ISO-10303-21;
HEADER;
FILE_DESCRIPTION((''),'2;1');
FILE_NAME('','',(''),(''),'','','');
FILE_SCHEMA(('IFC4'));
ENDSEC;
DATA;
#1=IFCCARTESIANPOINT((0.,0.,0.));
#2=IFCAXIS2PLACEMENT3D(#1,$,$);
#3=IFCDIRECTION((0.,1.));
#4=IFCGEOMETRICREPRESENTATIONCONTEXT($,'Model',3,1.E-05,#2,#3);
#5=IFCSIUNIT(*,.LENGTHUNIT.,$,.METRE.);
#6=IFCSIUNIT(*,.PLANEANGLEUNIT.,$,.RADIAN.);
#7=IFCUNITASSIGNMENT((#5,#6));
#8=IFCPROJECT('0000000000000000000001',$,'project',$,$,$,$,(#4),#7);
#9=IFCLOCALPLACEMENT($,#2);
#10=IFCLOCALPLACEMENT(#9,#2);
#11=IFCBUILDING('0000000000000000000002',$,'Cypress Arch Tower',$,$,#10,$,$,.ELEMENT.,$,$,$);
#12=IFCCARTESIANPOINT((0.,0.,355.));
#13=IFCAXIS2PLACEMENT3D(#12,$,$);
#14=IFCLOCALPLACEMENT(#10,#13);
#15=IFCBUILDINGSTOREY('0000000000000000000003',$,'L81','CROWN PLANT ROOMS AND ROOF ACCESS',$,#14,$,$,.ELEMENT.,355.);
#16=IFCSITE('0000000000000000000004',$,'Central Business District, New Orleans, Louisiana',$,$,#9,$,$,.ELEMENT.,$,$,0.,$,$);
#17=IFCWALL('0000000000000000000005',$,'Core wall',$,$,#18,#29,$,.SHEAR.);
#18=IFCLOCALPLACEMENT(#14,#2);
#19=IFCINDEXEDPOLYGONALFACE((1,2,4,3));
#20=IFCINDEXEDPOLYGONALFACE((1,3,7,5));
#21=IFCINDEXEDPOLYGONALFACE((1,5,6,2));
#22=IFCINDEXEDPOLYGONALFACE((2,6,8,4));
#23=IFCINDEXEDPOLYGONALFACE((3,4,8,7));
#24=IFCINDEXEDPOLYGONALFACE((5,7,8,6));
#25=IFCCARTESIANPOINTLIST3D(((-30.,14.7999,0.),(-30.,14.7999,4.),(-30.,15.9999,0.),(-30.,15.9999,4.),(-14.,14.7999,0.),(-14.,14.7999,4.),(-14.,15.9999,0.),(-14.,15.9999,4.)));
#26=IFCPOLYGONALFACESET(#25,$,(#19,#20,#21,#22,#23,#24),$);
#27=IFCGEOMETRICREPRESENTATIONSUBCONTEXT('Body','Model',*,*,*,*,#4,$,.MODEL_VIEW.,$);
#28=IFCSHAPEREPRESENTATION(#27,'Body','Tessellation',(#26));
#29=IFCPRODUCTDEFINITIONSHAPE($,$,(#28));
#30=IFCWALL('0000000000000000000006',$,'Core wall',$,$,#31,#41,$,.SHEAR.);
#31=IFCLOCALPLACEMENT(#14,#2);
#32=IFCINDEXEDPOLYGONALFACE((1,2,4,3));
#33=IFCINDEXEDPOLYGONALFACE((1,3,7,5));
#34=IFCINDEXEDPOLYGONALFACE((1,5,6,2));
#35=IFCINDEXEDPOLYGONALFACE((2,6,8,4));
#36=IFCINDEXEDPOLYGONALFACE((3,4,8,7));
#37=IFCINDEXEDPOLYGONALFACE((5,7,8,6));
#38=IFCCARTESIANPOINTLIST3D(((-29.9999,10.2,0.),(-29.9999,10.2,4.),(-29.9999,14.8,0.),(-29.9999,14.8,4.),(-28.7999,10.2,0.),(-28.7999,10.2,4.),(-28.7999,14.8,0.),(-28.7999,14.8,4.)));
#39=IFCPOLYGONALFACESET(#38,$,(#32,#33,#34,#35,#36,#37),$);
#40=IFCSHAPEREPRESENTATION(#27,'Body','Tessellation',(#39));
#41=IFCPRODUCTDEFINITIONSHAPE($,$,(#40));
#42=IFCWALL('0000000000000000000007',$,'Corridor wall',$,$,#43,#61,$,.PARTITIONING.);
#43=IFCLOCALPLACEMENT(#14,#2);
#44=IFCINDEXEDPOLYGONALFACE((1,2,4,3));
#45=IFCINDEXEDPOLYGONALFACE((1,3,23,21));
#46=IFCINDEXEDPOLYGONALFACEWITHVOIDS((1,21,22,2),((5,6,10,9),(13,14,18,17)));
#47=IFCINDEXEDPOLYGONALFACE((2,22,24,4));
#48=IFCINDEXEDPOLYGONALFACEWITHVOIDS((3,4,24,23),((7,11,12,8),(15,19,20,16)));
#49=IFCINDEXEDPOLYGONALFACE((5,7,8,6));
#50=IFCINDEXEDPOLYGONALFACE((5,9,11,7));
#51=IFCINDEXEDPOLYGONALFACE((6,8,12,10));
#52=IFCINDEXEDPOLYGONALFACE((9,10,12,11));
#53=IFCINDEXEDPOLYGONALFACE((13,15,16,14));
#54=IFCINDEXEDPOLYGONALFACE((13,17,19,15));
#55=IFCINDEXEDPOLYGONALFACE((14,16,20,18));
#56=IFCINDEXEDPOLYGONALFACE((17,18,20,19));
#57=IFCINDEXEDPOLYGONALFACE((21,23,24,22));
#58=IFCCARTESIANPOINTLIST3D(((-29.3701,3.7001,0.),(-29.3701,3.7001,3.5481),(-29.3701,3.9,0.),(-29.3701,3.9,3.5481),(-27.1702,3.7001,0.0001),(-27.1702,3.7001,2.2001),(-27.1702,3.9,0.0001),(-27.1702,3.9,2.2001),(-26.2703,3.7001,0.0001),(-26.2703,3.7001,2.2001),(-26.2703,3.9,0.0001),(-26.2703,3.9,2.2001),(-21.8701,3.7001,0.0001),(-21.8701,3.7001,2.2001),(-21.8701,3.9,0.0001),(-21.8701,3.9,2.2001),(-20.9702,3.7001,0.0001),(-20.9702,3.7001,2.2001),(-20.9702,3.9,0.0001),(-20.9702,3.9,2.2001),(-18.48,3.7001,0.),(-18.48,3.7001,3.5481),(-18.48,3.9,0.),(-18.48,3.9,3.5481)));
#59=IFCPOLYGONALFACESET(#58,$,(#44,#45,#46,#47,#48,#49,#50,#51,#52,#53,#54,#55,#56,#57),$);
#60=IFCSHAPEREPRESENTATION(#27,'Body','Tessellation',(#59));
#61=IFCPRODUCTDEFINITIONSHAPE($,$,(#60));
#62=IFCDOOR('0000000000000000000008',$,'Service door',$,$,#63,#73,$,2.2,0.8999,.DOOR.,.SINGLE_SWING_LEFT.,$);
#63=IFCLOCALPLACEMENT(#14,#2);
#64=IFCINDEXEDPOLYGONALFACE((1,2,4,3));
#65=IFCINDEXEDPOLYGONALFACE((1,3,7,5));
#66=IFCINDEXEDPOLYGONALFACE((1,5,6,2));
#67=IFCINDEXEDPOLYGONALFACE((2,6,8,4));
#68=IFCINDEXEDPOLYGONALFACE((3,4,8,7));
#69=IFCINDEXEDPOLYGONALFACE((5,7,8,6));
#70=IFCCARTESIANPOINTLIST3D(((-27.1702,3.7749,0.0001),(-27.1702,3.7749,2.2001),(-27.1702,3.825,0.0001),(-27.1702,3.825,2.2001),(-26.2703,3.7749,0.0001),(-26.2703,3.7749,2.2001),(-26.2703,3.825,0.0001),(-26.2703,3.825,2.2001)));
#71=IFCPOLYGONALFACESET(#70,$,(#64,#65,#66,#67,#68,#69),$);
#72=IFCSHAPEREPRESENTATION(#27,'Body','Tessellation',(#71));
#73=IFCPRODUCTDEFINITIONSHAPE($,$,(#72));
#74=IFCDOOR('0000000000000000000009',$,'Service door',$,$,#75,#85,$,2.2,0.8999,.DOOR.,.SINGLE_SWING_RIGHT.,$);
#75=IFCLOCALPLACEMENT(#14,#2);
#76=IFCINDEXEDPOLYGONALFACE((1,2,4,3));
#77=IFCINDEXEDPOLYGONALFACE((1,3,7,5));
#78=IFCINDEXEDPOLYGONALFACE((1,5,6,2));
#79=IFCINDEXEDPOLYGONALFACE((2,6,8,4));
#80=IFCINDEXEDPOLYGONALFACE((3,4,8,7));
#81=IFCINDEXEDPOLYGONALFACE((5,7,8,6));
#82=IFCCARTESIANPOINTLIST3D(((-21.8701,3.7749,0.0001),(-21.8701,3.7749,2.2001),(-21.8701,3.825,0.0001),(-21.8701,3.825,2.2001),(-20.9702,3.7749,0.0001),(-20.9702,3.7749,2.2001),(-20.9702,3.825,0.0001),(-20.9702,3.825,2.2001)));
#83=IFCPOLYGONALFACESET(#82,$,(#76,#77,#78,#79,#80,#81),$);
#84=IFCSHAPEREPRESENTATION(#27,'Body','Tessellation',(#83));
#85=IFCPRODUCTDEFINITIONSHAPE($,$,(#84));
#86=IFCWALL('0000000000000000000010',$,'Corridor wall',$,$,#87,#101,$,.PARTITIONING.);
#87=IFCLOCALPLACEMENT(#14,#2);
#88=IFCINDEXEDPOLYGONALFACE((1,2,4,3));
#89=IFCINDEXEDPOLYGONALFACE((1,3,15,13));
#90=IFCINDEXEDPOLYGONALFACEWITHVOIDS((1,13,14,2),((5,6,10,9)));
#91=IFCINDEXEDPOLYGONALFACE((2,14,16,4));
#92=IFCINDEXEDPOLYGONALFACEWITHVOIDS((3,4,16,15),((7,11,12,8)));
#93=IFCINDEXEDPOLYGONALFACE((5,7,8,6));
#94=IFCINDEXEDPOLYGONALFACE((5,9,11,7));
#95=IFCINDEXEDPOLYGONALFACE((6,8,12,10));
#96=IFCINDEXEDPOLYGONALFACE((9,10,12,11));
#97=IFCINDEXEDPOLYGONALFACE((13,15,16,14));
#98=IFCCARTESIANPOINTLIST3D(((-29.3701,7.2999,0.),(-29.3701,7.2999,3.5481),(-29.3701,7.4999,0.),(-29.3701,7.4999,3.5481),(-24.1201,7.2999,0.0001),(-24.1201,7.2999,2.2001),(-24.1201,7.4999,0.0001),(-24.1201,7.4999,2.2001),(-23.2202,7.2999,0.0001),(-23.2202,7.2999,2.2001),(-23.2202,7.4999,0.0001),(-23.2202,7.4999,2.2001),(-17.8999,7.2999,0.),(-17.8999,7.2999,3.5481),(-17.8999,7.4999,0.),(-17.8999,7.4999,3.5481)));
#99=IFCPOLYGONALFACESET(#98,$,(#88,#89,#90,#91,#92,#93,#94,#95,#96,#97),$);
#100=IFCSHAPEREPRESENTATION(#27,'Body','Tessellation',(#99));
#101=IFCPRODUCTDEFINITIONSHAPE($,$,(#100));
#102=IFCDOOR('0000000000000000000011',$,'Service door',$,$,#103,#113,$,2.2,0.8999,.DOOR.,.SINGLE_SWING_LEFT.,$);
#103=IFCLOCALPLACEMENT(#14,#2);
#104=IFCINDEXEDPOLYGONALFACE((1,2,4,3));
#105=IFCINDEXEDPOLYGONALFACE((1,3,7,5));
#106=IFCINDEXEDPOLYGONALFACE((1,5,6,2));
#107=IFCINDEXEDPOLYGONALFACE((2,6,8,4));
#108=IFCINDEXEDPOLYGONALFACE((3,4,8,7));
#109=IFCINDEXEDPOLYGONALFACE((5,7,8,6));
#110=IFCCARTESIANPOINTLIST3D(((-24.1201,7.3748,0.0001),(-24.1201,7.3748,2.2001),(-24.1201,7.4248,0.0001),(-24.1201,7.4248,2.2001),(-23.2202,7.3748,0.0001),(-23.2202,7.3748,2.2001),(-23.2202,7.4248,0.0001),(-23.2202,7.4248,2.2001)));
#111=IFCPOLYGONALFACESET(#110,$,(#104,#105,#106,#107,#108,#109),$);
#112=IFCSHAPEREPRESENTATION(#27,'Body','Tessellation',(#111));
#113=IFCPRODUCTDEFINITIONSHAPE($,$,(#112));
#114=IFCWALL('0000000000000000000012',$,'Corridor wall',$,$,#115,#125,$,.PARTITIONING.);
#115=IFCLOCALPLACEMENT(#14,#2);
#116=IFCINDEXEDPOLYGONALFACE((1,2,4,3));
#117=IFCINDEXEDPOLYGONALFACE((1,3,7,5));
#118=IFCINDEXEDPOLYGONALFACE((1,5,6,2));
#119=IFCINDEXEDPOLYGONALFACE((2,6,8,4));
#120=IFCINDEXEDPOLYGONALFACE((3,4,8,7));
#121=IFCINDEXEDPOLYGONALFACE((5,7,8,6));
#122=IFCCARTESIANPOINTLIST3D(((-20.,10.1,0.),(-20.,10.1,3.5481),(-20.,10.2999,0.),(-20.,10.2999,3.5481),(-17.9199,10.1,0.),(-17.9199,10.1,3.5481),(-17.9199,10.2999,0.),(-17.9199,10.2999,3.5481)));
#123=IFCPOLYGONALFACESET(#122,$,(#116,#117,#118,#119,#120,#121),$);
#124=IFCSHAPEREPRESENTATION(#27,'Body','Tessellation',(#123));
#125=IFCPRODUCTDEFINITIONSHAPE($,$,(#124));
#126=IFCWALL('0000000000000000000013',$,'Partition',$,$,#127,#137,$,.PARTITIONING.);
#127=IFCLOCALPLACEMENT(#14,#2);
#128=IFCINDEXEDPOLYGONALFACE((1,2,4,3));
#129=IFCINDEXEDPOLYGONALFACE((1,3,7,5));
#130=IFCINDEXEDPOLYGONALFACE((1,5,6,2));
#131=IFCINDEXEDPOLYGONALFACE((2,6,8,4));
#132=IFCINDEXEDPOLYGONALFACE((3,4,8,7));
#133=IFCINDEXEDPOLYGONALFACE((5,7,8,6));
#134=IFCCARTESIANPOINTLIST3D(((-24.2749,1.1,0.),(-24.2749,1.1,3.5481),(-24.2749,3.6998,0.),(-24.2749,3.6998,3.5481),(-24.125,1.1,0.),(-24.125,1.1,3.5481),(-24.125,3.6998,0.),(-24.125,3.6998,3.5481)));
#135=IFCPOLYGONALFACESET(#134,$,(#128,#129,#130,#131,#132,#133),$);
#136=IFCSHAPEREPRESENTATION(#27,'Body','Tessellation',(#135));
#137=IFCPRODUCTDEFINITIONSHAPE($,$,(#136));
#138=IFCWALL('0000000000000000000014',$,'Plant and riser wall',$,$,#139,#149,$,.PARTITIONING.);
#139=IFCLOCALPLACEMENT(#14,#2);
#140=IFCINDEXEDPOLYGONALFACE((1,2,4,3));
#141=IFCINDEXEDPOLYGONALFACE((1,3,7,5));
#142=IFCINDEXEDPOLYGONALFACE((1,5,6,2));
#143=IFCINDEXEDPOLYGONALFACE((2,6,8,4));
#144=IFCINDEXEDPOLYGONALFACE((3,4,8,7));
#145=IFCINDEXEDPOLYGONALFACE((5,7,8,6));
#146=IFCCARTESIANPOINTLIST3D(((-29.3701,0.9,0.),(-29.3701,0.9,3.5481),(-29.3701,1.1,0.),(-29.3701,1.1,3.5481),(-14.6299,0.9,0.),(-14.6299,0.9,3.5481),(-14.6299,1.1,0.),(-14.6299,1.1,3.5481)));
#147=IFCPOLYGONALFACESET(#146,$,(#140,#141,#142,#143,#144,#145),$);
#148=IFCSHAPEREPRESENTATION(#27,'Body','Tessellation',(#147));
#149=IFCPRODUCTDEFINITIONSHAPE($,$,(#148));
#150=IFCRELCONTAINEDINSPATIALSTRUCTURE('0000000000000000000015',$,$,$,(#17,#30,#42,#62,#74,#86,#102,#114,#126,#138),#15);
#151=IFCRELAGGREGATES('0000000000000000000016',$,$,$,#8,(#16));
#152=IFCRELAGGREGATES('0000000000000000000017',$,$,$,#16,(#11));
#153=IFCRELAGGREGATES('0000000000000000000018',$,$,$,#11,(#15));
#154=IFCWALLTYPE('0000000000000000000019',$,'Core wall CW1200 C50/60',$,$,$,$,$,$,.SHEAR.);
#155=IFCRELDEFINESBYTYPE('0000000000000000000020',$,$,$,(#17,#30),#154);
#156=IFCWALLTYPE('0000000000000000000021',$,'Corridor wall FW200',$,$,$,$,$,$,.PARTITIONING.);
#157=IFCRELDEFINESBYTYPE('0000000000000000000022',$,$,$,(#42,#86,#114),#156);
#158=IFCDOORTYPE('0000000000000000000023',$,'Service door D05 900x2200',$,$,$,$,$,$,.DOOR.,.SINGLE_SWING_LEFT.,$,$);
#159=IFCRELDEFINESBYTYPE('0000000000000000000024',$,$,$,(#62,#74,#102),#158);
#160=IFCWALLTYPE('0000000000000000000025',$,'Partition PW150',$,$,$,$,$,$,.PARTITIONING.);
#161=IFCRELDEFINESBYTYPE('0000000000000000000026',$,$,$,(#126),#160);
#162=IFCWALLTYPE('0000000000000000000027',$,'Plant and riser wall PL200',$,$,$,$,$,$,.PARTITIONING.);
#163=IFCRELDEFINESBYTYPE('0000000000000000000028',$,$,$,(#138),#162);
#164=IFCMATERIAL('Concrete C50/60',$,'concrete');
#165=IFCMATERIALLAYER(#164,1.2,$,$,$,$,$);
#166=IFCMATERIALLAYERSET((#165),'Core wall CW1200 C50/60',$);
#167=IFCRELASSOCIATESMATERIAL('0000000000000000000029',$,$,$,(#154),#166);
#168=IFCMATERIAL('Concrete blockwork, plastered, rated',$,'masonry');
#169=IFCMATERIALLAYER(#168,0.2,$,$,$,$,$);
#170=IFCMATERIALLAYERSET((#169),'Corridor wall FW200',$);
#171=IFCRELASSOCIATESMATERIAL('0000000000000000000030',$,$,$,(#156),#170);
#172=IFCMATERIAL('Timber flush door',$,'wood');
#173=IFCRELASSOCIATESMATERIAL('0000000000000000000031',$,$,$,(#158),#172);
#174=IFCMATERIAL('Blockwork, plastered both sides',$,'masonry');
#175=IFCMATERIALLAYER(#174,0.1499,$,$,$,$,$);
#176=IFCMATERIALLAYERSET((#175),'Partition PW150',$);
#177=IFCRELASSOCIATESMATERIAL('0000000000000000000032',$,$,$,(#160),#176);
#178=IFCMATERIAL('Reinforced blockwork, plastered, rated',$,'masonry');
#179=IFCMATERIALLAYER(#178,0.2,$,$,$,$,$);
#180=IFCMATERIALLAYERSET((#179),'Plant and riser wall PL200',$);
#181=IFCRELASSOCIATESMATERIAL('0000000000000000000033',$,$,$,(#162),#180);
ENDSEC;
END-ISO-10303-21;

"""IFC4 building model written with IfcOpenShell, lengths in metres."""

from ifc_helpers import new_model, si_unit, direction, frame, frame_2d, origin, place, context, subcontext, project, spatial, rectangle, extrude, material, layer, layer_set, type_object, element, fill, save


model = new_model("IFC4")

# Units and contexts
model_context = context("Model", 3, precision=1e-05, world=origin(), true_north=direction((0.0, 1.0)))
body_context = subcontext(model_context, "Body", "Model", "MODEL_VIEW")
ifc_project = project(units=[si_unit("LENGTHUNIT", "METRE"), si_unit("PLANEANGLEUNIT", "RADIAN")], contexts=[model_context])

# Site, building, storey
site_placement = place(None, origin())
site = spatial("IfcSite", under=ifc_project, at=site_placement, Name="Central Business District, New Orleans, Louisiana", CompositionType="ELEMENT", RefElevation=0.0)
building_placement = place(site_placement, origin())
building = spatial("IfcBuilding", under=site, at=building_placement, Name="Cypress Arch Tower", CompositionType="ELEMENT")
storey_placement = place(building_placement, frame((0.0, 0.0, 355.0)))
storey = spatial("IfcBuildingStorey", under=building, at=storey_placement, Name="L81", Description="CROWN PLANT ROOMS AND ROOF ACCESS", CompositionType="ELEMENT", Elevation=355.0)

# Walls
ifc_material_1 = material(Name="Concrete C50/60", Category="concrete")
ifc_layer_1 = layer(ifc_material_1, 1.2)
ifc_layer_set_1 = layer_set([ifc_layer_1], Name="Core wall CW1200 C50/60")
wall_type_1 = type_object("IfcWallType", Name="Core wall CW1200 C50/60", PredefinedType="SHEAR", material=ifc_layer_set_1)
wall_1_placement = place(storey_placement, frame((-30.0, 15.3999, 0.0), z_axis=(0.0, 0.0, 1.0), x_axis=(1.0, 0.0, 0.0)))
element("IfcWall", 1, at=wall_1_placement, inside=storey, type_object=wall_type_1, Name="Core wall", PredefinedType="SHEAR", context=body_context, shape_type="SweptSolid", body=[
    extrude(rectangle(XDim=16.0, YDim=1.2, at=frame_2d((8.0, 0.0))), origin(), (0.0, 0.0, 1.0), 4.0),
])
wall_2_placement = place(storey_placement, frame((-29.3999, 10.2, 0.0), z_axis=(0.0, 0.0, 1.0), x_axis=(0.0, 1.0, 0.0)))
element("IfcWall", 2, at=wall_2_placement, inside=storey, type_object=wall_type_1, Name="Core wall", PredefinedType="SHEAR", context=body_context, shape_type="SweptSolid", body=[
    extrude(rectangle(XDim=4.6001, YDim=1.2, at=frame_2d((2.3, 0.0))), origin(), (0.0, 0.0, 1.0), 4.0),
])

# Wall, openings, doors
ifc_material_2 = material(Name="Concrete blockwork, plastered, rated", Category="masonry")
ifc_layer_2 = layer(ifc_material_2, 0.2)
ifc_layer_set_2 = layer_set([ifc_layer_2], Name="Corridor wall FW200")
wall_type_2 = type_object("IfcWallType", Name="Corridor wall FW200", PredefinedType="PARTITIONING", material=ifc_layer_set_2)
wall_3_placement = place(storey_placement, frame((-29.3701, 3.8, 0.0), z_axis=(0.0, 0.0, 1.0), x_axis=(1.0, 0.0, 0.0)))
wall_3 = element("IfcWall", 3, at=wall_3_placement, inside=storey, type_object=wall_type_2, Name="Corridor wall", PredefinedType="PARTITIONING", context=body_context, shape_type="SweptSolid", body=[
    extrude(rectangle(XDim=10.8901, YDim=0.2, at=frame_2d((5.4451, 0.0))), origin(), (0.0, 0.0, 1.0), 3.5481),
])
opening_1_placement = place(wall_3_placement, frame((2.2, 0.0, 0.0)))
opening_1 = element("IfcOpeningElement", 4, at=opening_1_placement, cuts=wall_3, PredefinedType="OPENING", context=body_context, shape_type="SweptSolid", body=[
    extrude(rectangle(XDim=0.8999, YDim=2.2, at=frame_2d((0.45, 1.1001))), frame((0.0, 0.1099, 0.0), z_axis=(0.0, -1.0, 0.0), x_axis=(1.0, 0.0, 0.0)), (0.0, 0.0, 1.0), 0.22),
])
opening_2_placement = place(wall_3_placement, frame((7.5, 0.0, 0.0)))
opening_2 = element("IfcOpeningElement", 5, at=opening_2_placement, cuts=wall_3, PredefinedType="OPENING", context=body_context, shape_type="SweptSolid", body=[
    extrude(rectangle(XDim=0.8999, YDim=2.2, at=frame_2d((0.45, 1.1001))), frame((0.0, 0.1099, 0.0), z_axis=(0.0, -1.0, 0.0), x_axis=(1.0, 0.0, 0.0)), (0.0, 0.0, 1.0), 0.22),
])
ifc_material_3 = material(Name="Timber flush door", Category="wood")
door_type_1 = type_object("IfcDoorType", Name="Service door D05 900x2200", OperationType="SINGLE_SWING_LEFT", PredefinedType="DOOR", material=ifc_material_3)
door_1_placement = place(opening_1_placement, origin())
door_1 = element("IfcDoor", 6, at=door_1_placement, inside=storey, type_object=door_type_1, Name="Service door", OperationType="SINGLE_SWING_LEFT", OverallHeight=2.2, OverallWidth=0.8999, PredefinedType="DOOR", context=body_context, shape_type="SweptSolid", body=[
    extrude(rectangle(XDim=0.8999, YDim=2.2, at=frame_2d((0.45, 1.1001))), frame((0.0, 0.0249, 0.0), z_axis=(0.0, -1.0, 0.0), x_axis=(1.0, 0.0, 0.0)), (0.0, 0.0, 1.0), 0.05),
])
fill(opening_1, door_1)
door_2_placement = place(opening_2_placement, origin())
door_2 = element("IfcDoor", 7, at=door_2_placement, inside=storey, type_object=door_type_1, Name="Service door", OperationType="SINGLE_SWING_RIGHT", OverallHeight=2.2, OverallWidth=0.8999, PredefinedType="DOOR", context=body_context, shape_type="SweptSolid", body=[
    extrude(rectangle(XDim=0.8999, YDim=2.2, at=frame_2d((0.45, 1.1001))), frame((0.0, 0.0249, 0.0), z_axis=(0.0, -1.0, 0.0), x_axis=(1.0, 0.0, 0.0)), (0.0, 0.0, 1.0), 0.05),
])
fill(opening_2, door_2)

# Wall, opening, door
wall_4_placement = place(storey_placement, frame((-29.3701, 7.3999, 0.0), z_axis=(0.0, 0.0, 1.0), x_axis=(1.0, 0.0, 0.0)))
wall_4 = element("IfcWall", 8, at=wall_4_placement, inside=storey, type_object=wall_type_2, Name="Corridor wall", PredefinedType="PARTITIONING", context=body_context, shape_type="SweptSolid", body=[
    extrude(rectangle(XDim=11.4702, YDim=0.2, at=frame_2d((5.7351, 0.0))), origin(), (0.0, 0.0, 1.0), 3.5481),
])
opening_3_placement = place(wall_4_placement, frame((5.25, 0.0, 0.0)))
opening_3 = element("IfcOpeningElement", 9, at=opening_3_placement, cuts=wall_4, PredefinedType="OPENING", context=body_context, shape_type="SweptSolid", body=[
    extrude(rectangle(XDim=0.8999, YDim=2.2, at=frame_2d((0.45, 1.1001))), frame((0.0, 0.1099, 0.0), z_axis=(0.0, -1.0, 0.0), x_axis=(1.0, 0.0, 0.0)), (0.0, 0.0, 1.0), 0.22),
])
door_3_placement = place(opening_3_placement, origin())
door_3 = element("IfcDoor", 10, at=door_3_placement, inside=storey, type_object=door_type_1, Name="Service door", OperationType="SINGLE_SWING_LEFT", OverallHeight=2.2, OverallWidth=0.8999, PredefinedType="DOOR", context=body_context, shape_type="SweptSolid", body=[
    extrude(rectangle(XDim=0.8999, YDim=2.2, at=frame_2d((0.45, 1.1001))), frame((0.0, 0.0249, 0.0), z_axis=(0.0, -1.0, 0.0), x_axis=(1.0, 0.0, 0.0)), (0.0, 0.0, 1.0), 0.05),
])
fill(opening_3, door_3)

# Walls
wall_5_placement = place(storey_placement, frame((-20.0, 10.2, 0.0), z_axis=(0.0, 0.0, 1.0), x_axis=(1.0, 0.0, 0.0)))
element("IfcWall", 11, at=wall_5_placement, inside=storey, type_object=wall_type_2, Name="Corridor wall", PredefinedType="PARTITIONING", context=body_context, shape_type="SweptSolid", body=[
    extrude(rectangle(XDim=2.0801, YDim=0.2, at=frame_2d((1.04, 0.0))), origin(), (0.0, 0.0, 1.0), 3.5481),
])
ifc_material_4 = material(Name="Blockwork, plastered both sides", Category="masonry")
ifc_layer_3 = layer(ifc_material_4, 0.1499)
ifc_layer_set_3 = layer_set([ifc_layer_3], Name="Partition PW150")
wall_type_3 = type_object("IfcWallType", Name="Partition PW150", PredefinedType="PARTITIONING", material=ifc_layer_set_3)
wall_6_placement = place(storey_placement, frame((-24.2, 1.1001, 0.0), z_axis=(0.0, 0.0, 1.0), x_axis=(0.0, 1.0, 0.0)))
element("IfcWall", 12, at=wall_6_placement, inside=storey, type_object=wall_type_3, Name="Partition", PredefinedType="PARTITIONING", context=body_context, shape_type="SweptSolid", body=[
    extrude(rectangle(XDim=2.5999, YDim=0.1499, at=frame_2d((1.2998, 0.0))), origin(), (0.0, 0.0, 1.0), 3.5481),
])
ifc_material_5 = material(Name="Reinforced blockwork, plastered, rated", Category="masonry")
ifc_layer_4 = layer(ifc_material_5, 0.2)
ifc_layer_set_4 = layer_set([ifc_layer_4], Name="Plant and riser wall PL200")
wall_type_4 = type_object("IfcWallType", Name="Plant and riser wall PL200", PredefinedType="PARTITIONING", material=ifc_layer_set_4)
wall_7_placement = place(storey_placement, frame((-29.3701, 1.0, 0.0), z_axis=(0.0, 0.0, 1.0), x_axis=(1.0, 0.0, 0.0)))
element("IfcWall", 13, at=wall_7_placement, inside=storey, type_object=wall_type_4, Name="Plant and riser wall", PredefinedType="PARTITIONING", context=body_context, shape_type="SweptSolid", body=[
    extrude(rectangle(XDim=14.7402, YDim=0.2, at=frame_2d((7.3701, 0.0))), origin(), (0.0, 0.0, 1.0), 3.5481),
])

save(model, "model.ifc")
